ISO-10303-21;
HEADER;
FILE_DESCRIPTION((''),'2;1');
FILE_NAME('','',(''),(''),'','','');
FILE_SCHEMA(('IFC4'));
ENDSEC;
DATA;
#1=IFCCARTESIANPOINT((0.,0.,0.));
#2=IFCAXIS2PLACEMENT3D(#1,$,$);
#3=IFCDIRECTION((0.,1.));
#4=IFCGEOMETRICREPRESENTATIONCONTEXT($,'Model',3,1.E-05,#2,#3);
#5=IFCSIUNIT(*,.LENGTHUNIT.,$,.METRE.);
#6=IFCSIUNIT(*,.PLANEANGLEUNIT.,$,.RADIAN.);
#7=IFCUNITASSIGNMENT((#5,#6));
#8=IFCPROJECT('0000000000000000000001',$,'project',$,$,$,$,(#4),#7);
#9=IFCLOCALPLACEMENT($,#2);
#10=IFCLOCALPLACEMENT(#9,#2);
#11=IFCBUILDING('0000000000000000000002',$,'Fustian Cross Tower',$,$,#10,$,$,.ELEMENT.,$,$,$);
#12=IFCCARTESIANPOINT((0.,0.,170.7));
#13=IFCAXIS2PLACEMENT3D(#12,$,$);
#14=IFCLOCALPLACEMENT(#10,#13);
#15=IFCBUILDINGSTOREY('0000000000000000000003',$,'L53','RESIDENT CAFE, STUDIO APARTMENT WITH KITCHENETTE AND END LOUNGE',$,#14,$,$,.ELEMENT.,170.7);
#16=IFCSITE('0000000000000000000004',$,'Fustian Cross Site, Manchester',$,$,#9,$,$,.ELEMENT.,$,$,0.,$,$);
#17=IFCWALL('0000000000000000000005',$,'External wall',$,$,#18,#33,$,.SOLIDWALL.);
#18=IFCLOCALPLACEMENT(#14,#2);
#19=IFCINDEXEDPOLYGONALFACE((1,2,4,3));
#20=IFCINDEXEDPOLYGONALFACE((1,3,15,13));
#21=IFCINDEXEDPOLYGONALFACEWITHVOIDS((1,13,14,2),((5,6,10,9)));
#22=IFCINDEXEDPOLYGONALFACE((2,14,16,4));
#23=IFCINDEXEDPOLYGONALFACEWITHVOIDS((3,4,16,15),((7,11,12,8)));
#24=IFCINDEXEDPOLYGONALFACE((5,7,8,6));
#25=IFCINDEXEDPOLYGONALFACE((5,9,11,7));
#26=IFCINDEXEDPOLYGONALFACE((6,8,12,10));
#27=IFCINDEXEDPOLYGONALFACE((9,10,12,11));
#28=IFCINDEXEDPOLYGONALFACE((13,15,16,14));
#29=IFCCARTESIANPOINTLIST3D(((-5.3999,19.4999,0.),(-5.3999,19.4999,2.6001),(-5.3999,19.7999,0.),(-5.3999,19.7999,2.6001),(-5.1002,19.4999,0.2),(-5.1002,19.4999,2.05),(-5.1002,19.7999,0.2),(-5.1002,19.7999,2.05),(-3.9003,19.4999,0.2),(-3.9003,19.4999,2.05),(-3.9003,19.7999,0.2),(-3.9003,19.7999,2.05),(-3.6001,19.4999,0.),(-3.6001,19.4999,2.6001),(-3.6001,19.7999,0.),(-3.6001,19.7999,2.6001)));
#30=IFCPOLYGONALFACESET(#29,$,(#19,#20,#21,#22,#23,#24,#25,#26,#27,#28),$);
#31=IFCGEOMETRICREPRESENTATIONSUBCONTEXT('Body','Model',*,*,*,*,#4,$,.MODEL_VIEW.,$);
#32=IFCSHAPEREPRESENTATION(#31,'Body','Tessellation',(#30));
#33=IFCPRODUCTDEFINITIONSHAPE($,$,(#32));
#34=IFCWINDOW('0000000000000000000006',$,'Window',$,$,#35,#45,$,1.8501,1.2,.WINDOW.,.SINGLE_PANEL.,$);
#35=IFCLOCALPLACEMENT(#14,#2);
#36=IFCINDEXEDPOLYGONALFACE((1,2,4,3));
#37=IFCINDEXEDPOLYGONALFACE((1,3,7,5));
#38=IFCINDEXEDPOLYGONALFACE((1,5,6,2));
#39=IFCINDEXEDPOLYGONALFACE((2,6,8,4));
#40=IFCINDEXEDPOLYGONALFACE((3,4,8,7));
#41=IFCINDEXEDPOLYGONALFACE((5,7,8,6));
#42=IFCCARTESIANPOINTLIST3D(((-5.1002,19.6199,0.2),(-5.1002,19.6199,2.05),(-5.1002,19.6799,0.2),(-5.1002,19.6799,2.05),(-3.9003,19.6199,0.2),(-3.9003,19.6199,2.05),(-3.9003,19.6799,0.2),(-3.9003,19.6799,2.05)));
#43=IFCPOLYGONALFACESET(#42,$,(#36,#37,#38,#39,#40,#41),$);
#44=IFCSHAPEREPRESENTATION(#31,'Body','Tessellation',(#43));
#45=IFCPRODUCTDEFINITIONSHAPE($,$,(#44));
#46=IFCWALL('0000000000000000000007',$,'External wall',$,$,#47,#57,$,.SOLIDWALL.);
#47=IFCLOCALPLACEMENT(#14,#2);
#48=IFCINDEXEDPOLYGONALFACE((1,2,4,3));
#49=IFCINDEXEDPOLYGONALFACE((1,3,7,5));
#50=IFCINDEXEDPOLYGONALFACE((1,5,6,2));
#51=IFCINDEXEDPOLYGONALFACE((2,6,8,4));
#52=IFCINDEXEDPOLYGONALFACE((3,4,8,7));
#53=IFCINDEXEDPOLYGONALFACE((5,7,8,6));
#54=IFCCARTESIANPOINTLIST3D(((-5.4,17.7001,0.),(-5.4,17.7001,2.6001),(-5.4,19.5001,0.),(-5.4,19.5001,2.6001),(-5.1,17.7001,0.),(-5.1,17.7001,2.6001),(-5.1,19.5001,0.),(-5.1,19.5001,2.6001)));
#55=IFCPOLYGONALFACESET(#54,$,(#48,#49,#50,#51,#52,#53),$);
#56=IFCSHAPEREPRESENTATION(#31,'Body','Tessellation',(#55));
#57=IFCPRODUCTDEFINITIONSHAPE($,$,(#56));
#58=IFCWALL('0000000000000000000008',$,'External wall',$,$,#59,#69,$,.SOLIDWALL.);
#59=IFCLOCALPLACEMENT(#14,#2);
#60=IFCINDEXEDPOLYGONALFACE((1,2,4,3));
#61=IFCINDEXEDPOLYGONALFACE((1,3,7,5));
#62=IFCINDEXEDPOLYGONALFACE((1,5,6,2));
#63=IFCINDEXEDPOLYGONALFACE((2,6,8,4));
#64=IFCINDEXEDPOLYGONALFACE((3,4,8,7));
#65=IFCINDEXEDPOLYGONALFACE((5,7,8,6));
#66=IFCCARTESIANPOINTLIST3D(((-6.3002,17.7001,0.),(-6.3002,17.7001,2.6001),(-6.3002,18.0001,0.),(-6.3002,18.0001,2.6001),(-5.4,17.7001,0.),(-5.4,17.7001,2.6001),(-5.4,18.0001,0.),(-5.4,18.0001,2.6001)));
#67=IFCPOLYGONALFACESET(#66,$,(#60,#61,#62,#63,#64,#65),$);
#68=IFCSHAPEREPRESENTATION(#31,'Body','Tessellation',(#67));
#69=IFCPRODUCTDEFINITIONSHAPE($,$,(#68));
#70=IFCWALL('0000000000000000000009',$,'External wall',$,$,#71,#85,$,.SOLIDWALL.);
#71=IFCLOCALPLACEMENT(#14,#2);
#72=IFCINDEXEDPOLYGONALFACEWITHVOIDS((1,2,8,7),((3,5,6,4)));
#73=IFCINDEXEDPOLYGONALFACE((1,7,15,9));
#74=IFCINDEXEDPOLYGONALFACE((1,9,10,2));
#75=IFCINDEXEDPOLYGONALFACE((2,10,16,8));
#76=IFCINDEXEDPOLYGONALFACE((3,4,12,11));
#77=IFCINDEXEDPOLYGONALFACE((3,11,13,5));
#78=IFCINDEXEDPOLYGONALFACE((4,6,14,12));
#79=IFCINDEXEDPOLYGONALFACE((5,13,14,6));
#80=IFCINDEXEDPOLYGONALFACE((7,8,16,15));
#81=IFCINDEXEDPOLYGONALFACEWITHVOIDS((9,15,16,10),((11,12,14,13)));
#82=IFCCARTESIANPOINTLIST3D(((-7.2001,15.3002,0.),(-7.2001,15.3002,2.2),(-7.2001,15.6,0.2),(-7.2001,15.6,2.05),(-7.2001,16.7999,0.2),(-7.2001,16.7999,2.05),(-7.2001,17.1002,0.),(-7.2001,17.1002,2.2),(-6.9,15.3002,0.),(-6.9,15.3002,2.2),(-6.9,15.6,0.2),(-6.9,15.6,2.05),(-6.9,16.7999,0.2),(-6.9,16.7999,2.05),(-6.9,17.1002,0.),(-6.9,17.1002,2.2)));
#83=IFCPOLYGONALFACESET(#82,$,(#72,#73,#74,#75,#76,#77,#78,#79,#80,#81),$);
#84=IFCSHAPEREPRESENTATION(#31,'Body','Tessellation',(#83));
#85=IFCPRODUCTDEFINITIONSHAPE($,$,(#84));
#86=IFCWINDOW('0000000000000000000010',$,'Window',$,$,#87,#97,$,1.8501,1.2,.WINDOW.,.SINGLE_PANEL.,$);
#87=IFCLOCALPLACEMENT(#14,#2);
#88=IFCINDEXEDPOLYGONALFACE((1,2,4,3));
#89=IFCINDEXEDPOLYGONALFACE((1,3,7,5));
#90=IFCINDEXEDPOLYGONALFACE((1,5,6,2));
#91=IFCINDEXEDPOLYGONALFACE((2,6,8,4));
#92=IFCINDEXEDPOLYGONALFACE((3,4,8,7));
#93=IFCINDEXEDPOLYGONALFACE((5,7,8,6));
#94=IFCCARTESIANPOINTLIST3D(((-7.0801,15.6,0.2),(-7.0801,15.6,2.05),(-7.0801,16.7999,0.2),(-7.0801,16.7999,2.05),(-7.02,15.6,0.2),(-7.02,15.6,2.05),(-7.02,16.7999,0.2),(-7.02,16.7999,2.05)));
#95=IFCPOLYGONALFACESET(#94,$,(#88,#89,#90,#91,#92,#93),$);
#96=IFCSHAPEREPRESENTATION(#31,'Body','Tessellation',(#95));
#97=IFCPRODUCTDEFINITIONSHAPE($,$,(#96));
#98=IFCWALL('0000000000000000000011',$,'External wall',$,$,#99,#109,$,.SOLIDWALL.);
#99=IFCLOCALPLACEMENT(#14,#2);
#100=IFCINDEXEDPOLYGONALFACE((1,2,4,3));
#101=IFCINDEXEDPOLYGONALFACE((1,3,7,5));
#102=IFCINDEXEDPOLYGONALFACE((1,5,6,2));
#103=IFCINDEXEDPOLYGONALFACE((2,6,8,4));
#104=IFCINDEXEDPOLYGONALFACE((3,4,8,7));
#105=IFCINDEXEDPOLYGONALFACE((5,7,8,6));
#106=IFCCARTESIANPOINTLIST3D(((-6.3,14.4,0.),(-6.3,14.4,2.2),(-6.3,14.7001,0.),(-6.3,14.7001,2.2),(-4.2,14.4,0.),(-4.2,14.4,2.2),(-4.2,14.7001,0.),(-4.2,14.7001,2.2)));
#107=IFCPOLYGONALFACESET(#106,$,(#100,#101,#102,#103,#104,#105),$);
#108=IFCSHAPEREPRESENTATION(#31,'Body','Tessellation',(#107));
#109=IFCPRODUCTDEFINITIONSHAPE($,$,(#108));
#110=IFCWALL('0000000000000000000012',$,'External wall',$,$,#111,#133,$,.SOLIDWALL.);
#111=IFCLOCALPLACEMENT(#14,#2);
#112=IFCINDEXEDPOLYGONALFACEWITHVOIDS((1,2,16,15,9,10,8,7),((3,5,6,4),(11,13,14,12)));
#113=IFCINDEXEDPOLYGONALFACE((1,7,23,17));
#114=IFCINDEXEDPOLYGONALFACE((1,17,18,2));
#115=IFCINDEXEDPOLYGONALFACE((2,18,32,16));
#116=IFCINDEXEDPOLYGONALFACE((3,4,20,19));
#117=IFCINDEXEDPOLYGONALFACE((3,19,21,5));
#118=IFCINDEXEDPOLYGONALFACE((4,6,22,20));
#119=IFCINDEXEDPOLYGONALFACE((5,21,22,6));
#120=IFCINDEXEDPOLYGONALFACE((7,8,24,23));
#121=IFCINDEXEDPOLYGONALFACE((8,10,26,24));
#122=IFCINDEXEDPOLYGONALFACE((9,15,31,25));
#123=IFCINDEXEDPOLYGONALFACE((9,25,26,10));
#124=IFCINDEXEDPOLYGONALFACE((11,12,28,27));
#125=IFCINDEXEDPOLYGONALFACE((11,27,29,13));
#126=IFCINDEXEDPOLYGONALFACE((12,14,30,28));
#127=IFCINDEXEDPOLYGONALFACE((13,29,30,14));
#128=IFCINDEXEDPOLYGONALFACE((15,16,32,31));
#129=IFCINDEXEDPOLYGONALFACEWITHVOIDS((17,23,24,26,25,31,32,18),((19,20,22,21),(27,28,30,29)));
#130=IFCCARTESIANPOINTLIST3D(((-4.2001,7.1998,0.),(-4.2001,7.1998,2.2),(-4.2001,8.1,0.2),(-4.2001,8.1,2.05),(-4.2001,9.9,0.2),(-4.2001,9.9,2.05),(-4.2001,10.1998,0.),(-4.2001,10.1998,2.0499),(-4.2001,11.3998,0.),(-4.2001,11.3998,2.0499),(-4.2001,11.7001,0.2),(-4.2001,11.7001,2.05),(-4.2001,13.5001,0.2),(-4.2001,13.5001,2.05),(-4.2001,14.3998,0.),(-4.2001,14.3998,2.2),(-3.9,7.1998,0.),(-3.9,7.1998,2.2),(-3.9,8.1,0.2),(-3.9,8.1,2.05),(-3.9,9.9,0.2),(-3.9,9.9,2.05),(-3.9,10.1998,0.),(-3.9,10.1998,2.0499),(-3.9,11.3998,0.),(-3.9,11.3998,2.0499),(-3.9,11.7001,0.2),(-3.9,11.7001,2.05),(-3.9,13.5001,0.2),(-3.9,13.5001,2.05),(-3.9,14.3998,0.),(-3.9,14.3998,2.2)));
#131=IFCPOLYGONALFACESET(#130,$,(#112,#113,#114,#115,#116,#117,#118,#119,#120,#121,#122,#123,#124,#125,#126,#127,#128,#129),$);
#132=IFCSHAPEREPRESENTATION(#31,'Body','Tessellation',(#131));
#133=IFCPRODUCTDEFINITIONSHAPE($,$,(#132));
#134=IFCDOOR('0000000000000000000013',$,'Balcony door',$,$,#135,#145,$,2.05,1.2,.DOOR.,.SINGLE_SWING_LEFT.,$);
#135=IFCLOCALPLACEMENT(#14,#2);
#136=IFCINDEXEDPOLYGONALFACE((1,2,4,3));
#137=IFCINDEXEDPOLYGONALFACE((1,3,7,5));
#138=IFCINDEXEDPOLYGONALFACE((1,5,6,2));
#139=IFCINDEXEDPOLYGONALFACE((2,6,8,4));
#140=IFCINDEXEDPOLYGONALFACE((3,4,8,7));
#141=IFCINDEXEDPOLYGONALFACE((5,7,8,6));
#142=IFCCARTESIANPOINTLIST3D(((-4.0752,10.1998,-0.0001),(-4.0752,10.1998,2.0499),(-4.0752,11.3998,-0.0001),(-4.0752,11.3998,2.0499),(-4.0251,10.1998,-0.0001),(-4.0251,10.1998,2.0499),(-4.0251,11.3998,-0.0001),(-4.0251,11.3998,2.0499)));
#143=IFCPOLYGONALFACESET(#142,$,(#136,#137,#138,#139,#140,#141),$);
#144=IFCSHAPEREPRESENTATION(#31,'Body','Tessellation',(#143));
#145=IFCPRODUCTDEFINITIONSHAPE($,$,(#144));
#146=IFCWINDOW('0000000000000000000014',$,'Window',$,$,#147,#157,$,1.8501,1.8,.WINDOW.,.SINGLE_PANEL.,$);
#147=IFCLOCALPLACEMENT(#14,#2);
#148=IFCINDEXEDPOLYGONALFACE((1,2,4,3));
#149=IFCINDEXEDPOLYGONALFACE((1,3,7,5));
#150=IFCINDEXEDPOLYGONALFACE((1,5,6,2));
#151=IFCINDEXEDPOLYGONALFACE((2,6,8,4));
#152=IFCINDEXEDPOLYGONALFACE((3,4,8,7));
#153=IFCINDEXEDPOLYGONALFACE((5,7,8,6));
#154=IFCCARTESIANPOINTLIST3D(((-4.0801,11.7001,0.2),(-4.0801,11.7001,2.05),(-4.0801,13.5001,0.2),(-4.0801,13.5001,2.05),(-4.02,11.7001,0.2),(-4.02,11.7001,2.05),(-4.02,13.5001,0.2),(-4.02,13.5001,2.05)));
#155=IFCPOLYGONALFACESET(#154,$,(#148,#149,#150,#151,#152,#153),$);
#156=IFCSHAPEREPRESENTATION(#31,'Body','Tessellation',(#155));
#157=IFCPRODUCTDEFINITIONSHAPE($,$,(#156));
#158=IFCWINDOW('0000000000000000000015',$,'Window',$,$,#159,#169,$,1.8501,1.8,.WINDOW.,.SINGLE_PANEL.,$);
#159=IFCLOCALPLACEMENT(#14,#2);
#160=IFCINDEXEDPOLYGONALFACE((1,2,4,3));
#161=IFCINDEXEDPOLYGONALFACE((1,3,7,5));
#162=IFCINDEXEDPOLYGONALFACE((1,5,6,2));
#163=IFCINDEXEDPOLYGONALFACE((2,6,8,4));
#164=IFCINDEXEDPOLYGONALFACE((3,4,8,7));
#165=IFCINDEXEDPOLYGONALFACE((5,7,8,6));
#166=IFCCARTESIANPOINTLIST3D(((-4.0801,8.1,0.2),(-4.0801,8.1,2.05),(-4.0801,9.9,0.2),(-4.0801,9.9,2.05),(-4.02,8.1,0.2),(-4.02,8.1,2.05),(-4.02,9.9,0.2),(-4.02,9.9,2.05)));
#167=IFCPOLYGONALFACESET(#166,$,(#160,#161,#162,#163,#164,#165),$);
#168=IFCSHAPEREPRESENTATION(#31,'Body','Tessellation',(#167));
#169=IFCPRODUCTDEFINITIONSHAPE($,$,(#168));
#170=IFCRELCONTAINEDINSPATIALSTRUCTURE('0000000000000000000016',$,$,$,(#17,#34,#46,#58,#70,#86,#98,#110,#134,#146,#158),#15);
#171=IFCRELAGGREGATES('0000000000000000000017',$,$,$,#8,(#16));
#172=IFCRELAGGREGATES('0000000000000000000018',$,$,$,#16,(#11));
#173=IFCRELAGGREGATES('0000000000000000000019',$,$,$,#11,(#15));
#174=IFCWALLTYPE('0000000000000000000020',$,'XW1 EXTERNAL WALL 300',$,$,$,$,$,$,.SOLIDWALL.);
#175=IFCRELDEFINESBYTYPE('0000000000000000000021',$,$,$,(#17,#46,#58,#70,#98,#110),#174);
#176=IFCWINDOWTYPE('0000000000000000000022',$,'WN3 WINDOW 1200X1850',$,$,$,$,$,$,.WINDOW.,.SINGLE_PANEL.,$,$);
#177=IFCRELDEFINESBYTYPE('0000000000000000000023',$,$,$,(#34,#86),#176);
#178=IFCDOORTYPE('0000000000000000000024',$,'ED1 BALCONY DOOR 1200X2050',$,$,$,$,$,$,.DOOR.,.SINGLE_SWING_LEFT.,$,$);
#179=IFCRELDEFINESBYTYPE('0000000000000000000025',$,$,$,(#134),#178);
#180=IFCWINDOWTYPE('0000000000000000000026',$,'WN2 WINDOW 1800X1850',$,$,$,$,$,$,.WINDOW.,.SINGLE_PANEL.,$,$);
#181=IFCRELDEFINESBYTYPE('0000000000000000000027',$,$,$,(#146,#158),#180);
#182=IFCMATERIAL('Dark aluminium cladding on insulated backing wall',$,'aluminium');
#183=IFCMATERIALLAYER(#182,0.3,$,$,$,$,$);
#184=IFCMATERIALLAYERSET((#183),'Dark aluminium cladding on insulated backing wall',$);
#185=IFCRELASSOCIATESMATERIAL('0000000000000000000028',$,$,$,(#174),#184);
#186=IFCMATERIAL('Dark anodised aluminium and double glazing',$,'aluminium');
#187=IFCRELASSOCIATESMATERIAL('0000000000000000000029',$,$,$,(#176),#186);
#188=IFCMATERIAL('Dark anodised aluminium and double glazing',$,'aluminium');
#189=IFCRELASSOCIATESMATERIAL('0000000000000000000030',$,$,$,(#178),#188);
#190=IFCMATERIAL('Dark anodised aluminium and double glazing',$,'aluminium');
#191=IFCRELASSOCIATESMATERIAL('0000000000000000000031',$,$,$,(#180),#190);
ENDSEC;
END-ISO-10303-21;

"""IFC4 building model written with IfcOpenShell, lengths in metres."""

from ifc_helpers import new_model, si_unit, direction, frame, frame_2d, origin, place, context, subcontext, project, spatial, rectangle, extrude, material, layer, layer_set, type_object, element, fill, save


model = new_model("IFC4")

# Units and contexts
model_context = context("Model", 3, precision=1e-05, world=origin(), true_north=direction((0.0, 1.0)))
body_context = subcontext(model_context, "Body", "Model", "MODEL_VIEW")
ifc_project = project(units=[si_unit("LENGTHUNIT", "METRE"), si_unit("PLANEANGLEUNIT", "RADIAN")], contexts=[model_context])

# Site, building, storey
site_placement = place(None, origin())
site = spatial("IfcSite", under=ifc_project, at=site_placement, Name="Fustian Cross Site, Manchester", CompositionType="ELEMENT", RefElevation=0.0)
building_placement = place(site_placement, origin())
building = spatial("IfcBuilding", under=site, at=building_placement, Name="Fustian Cross Tower", CompositionType="ELEMENT")
storey_placement = place(building_placement, frame((0.0, 0.0, 170.7)))
storey = spatial("IfcBuildingStorey", under=building, at=storey_placement, Name="L53", Description="RESIDENT CAFE, STUDIO APARTMENT WITH KITCHENETTE AND END LOUNGE", CompositionType="ELEMENT", Elevation=170.7)

# Shared definitions
ifc_material_1 = material(Name="Dark aluminium cladding on insulated backing wall", Category="aluminium")
ifc_layer_1 = layer(ifc_material_1, 0.3)
ifc_layer_set_1 = layer_set([ifc_layer_1], Name="Dark aluminium cladding on insulated backing wall")
wall_type_1 = type_object("IfcWallType", Name="XW1 EXTERNAL WALL 300", PredefinedType="SOLIDWALL", material=ifc_layer_set_1)

# Wall, opening, window
wall_1_placement = place(storey_placement, frame((-3.6001, 19.6499, 0.0), z_axis=(0.0, 0.0, 1.0), x_axis=(-1.0, 0.0, 0.0)))
wall_1 = element("IfcWall", 1, at=wall_1_placement, inside=storey, type_object=wall_type_1, Name="External wall", PredefinedType="SOLIDWALL", context=body_context, shape_type="SweptSolid", body=[
    extrude(rectangle(XDim=1.7998, YDim=0.3, at=frame_2d((0.8999, 0.0))), origin(), (0.0, 0.0, 1.0), 2.6001),
])
opening_1_placement = place(wall_1_placement, frame((0.3, 0.0, 0.2)))
opening_1 = element("IfcOpeningElement", 2, at=opening_1_placement, cuts=wall_1, PredefinedType="OPENING", context=body_context, shape_type="SweptSolid", body=[
    extrude(rectangle(XDim=1.2, YDim=1.8501, at=frame_2d((0.6001, 0.925))), frame((0.0, 0.1599, 0.0), z_axis=(0.0, -1.0, 0.0), x_axis=(1.0, 0.0, 0.0)), (0.0, 0.0, 1.0), 0.3201),
])
ifc_material_2 = material(Name="Dark anodised aluminium and double glazing", Category="aluminium")
window_type_1 = type_object("IfcWindowType", Name="WN3 WINDOW 1200X1850", PartitioningType="SINGLE_PANEL", PredefinedType="WINDOW", material=ifc_material_2)
window_1_placement = place(opening_1_placement, origin())
window_1 = element("IfcWindow", 3, at=window_1_placement, inside=storey, type_object=window_type_1, Name="Window", OverallHeight=1.8501, OverallWidth=1.2, PartitioningType="SINGLE_PANEL", PredefinedType="WINDOW", context=body_context, shape_type="SweptSolid", body=[
    extrude(rectangle(XDim=1.2, YDim=1.8501, at=frame_2d((0.6001, 0.925))), frame((0.0, 0.03, 0.0), z_axis=(0.0, -1.0, 0.0), x_axis=(1.0, 0.0, 0.0)), (0.0, 0.0, 1.0), 0.0601),
])
fill(opening_1, window_1)

# Walls
wall_2_placement = place(storey_placement, frame((-5.25, 19.5, 0.0), z_axis=(0.0, 0.0, 1.0), x_axis=(0.0, -1.0, 0.0)))
element("IfcWall", 4, at=wall_2_placement, inside=storey, type_object=wall_type_1, Name="External wall", PredefinedType="SOLIDWALL", context=body_context, shape_type="SweptSolid", body=[
    extrude(rectangle(XDim=1.8, YDim=0.3, at=frame_2d((0.8999, 0.0))), origin(), (0.0, 0.0, 1.0), 2.6001),
])
wall_3_placement = place(storey_placement, frame((-5.3999, 17.8501, 0.0), z_axis=(0.0, 0.0, 1.0), x_axis=(-1.0, 0.0, 0.0)))
element("IfcWall", 5, at=wall_3_placement, inside=storey, type_object=wall_type_1, Name="External wall", PredefinedType="SOLIDWALL", context=body_context, shape_type="SweptSolid", body=[
    extrude(rectangle(XDim=0.9001, YDim=0.3, at=frame_2d((0.4502, 0.0))), origin(), (0.0, 0.0, 1.0), 2.6001),
])

# Wall, opening, window
wall_4_placement = place(storey_placement, frame((-7.05, 17.1001, 0.0), z_axis=(0.0, 0.0, 1.0), x_axis=(0.0, -1.0, 0.0)))
wall_4 = element("IfcWall", 6, at=wall_4_placement, inside=storey, type_object=wall_type_1, Name="External wall", PredefinedType="SOLIDWALL", context=body_context, shape_type="SweptSolid", body=[
    extrude(rectangle(XDim=1.8, YDim=0.3, at=frame_2d((0.8999, 0.0))), origin(), (0.0, 0.0, 1.0), 2.2),
])
opening_2_placement = place(wall_4_placement, frame((0.3, 0.0, 0.2)))
opening_2 = element("IfcOpeningElement", 7, at=opening_2_placement, cuts=wall_4, PredefinedType="OPENING", context=body_context, shape_type="SweptSolid", body=[
    extrude(rectangle(XDim=1.2, YDim=1.8501, at=frame_2d((0.6001, 0.925))), frame((0.0, 0.1599, 0.0), z_axis=(0.0, -1.0, 0.0), x_axis=(1.0, 0.0, 0.0)), (0.0, 0.0, 1.0), 0.3201),
])
window_2_placement = place(opening_2_placement, origin())
window_2 = element("IfcWindow", 8, at=window_2_placement, inside=storey, type_object=window_type_1, Name="Window", OverallHeight=1.8501, OverallWidth=1.2, PartitioningType="SINGLE_PANEL", PredefinedType="WINDOW", context=body_context, shape_type="SweptSolid", body=[
    extrude(rectangle(XDim=1.2, YDim=1.8501, at=frame_2d((0.6001, 0.925))), frame((0.0, 0.03, 0.0), z_axis=(0.0, -1.0, 0.0), x_axis=(1.0, 0.0, 0.0)), (0.0, 0.0, 1.0), 0.0601),
])
fill(opening_2, window_2)

# Wall
wall_5_placement = place(storey_placement, frame((-6.3, 14.55, 0.0), z_axis=(0.0, 0.0, 1.0), x_axis=(1.0, 0.0, 0.0)))
element("IfcWall", 9, at=wall_5_placement, inside=storey, type_object=wall_type_1, Name="External wall", PredefinedType="SOLIDWALL", context=body_context, shape_type="SweptSolid", body=[
    extrude(rectangle(XDim=2.1001, YDim=0.3, at=frame_2d((1.05, 0.0))), origin(), (0.0, 0.0, 1.0), 2.2),
])

# Wall, openings, door, windows
wall_6_placement = place(storey_placement, frame((-4.05, 14.3999, 0.0), z_axis=(0.0, 0.0, 1.0), x_axis=(0.0, -1.0, 0.0)))
wall_6 = element("IfcWall", 10, at=wall_6_placement, inside=storey, type_object=wall_type_1, Name="External wall", PredefinedType="SOLIDWALL", context=body_context, shape_type="SweptSolid", body=[
    extrude(rectangle(XDim=7.2, YDim=0.3, at=frame_2d((3.6001, 0.0))), origin(), (0.0, 0.0, 1.0), 2.2),
])
opening_3_placement = place(wall_6_placement, frame((3.0, 0.0, 0.0)))
opening_3 = element("IfcOpeningElement", 11, at=opening_3_placement, cuts=wall_6, PredefinedType="OPENING", context=body_context, shape_type="SweptSolid", body=[
    extrude(rectangle(XDim=1.2, YDim=2.05, at=frame_2d((0.6001, 1.0249))), frame((0.0, 0.1599, 0.0), z_axis=(0.0, -1.0, 0.0), x_axis=(1.0, 0.0, 0.0)), (0.0, 0.0, 1.0), 0.3201),
])
opening_4_placement = place(wall_6_placement, frame((0.8999, 0.0, 0.2)))
opening_4 = element("IfcOpeningElement", 12, at=opening_4_placement, cuts=wall_6, PredefinedType="OPENING", context=body_context, shape_type="SweptSolid", body=[
    extrude(rectangle(XDim=1.8, YDim=1.8501, at=frame_2d((0.8999, 0.925))), frame((0.0, 0.1599, 0.0), z_axis=(0.0, -1.0, 0.0), x_axis=(1.0, 0.0, 0.0)), (0.0, 0.0, 1.0), 0.3201),
])
opening_5_placement = place(wall_6_placement, frame((4.5, 0.0, 0.2)))
opening_5 = element("IfcOpeningElement", 13, at=opening_5_placement, cuts=wall_6, PredefinedType="OPENING", context=body_context, shape_type="SweptSolid", body=[
    extrude(rectangle(XDim=1.8, YDim=1.8501, at=frame_2d((0.8999, 0.925))), frame((0.0, 0.1599, 0.0), z_axis=(0.0, -1.0, 0.0), x_axis=(1.0, 0.0, 0.0)), (0.0, 0.0, 1.0), 0.3201),
])
ifc_material_3 = material(Name="Dark anodised aluminium and double glazing", Category="aluminium")
door_type_1 = type_object("IfcDoorType", Name="ED1 BALCONY DOOR 1200X2050", OperationType="SINGLE_SWING_LEFT", PredefinedType="DOOR", material=ifc_material_3)
door_1_placement = place(opening_3_placement, origin())
door_1 = element("IfcDoor", 14, at=door_1_placement, inside=storey, type_object=door_type_1, Name="Balcony door", OperationType="SINGLE_SWING_LEFT", OverallHeight=2.05, OverallWidth=1.2, PredefinedType="DOOR", context=body_context, shape_type="SweptSolid", body=[
    extrude(rectangle(XDim=1.2, YDim=2.05, at=frame_2d((0.6001, 1.0249))), frame((0.0, 0.0249, 0.0), z_axis=(0.0, -1.0, 0.0), x_axis=(1.0, 0.0, 0.0)), (0.0, 0.0, 1.0), 0.05),
])
fill(opening_3, door_1)
ifc_material_4 = material(Name="Dark anodised aluminium and double glazing", Category="aluminium")
window_type_2 = type_object("IfcWindowType", Name="WN2 WINDOW 1800X1850", PartitioningType="SINGLE_PANEL", PredefinedType="WINDOW", material=ifc_material_4)
window_3_placement = place(opening_4_placement, origin())
window_3 = element("IfcWindow", 15, at=window_3_placement, inside=storey, type_object=window_type_2, Name="Window", OverallHeight=1.8501, OverallWidth=1.8, PartitioningType="SINGLE_PANEL", PredefinedType="WINDOW", context=body_context, shape_type="SweptSolid", body=[
    extrude(rectangle(XDim=1.8, YDim=1.8501, at=frame_2d((0.8999, 0.925))), frame((0.0, 0.03, 0.0), z_axis=(0.0, -1.0, 0.0), x_axis=(1.0, 0.0, 0.0)), (0.0, 0.0, 1.0), 0.0601),
])
fill(opening_4, window_3)
window_4_placement = place(opening_5_placement, origin())
window_4 = element("IfcWindow", 16, at=window_4_placement, inside=storey, type_object=window_type_2, Name="Window", OverallHeight=1.8501, OverallWidth=1.8, PartitioningType="SINGLE_PANEL", PredefinedType="WINDOW", context=body_context, shape_type="SweptSolid", body=[
    extrude(rectangle(XDim=1.8, YDim=1.8501, at=frame_2d((0.8999, 0.925))), frame((0.0, 0.03, 0.0), z_axis=(0.0, -1.0, 0.0), x_axis=(1.0, 0.0, 0.0)), (0.0, 0.0, 1.0), 0.0601),
])
fill(opening_5, window_4)

save(model, "model.ifc")
